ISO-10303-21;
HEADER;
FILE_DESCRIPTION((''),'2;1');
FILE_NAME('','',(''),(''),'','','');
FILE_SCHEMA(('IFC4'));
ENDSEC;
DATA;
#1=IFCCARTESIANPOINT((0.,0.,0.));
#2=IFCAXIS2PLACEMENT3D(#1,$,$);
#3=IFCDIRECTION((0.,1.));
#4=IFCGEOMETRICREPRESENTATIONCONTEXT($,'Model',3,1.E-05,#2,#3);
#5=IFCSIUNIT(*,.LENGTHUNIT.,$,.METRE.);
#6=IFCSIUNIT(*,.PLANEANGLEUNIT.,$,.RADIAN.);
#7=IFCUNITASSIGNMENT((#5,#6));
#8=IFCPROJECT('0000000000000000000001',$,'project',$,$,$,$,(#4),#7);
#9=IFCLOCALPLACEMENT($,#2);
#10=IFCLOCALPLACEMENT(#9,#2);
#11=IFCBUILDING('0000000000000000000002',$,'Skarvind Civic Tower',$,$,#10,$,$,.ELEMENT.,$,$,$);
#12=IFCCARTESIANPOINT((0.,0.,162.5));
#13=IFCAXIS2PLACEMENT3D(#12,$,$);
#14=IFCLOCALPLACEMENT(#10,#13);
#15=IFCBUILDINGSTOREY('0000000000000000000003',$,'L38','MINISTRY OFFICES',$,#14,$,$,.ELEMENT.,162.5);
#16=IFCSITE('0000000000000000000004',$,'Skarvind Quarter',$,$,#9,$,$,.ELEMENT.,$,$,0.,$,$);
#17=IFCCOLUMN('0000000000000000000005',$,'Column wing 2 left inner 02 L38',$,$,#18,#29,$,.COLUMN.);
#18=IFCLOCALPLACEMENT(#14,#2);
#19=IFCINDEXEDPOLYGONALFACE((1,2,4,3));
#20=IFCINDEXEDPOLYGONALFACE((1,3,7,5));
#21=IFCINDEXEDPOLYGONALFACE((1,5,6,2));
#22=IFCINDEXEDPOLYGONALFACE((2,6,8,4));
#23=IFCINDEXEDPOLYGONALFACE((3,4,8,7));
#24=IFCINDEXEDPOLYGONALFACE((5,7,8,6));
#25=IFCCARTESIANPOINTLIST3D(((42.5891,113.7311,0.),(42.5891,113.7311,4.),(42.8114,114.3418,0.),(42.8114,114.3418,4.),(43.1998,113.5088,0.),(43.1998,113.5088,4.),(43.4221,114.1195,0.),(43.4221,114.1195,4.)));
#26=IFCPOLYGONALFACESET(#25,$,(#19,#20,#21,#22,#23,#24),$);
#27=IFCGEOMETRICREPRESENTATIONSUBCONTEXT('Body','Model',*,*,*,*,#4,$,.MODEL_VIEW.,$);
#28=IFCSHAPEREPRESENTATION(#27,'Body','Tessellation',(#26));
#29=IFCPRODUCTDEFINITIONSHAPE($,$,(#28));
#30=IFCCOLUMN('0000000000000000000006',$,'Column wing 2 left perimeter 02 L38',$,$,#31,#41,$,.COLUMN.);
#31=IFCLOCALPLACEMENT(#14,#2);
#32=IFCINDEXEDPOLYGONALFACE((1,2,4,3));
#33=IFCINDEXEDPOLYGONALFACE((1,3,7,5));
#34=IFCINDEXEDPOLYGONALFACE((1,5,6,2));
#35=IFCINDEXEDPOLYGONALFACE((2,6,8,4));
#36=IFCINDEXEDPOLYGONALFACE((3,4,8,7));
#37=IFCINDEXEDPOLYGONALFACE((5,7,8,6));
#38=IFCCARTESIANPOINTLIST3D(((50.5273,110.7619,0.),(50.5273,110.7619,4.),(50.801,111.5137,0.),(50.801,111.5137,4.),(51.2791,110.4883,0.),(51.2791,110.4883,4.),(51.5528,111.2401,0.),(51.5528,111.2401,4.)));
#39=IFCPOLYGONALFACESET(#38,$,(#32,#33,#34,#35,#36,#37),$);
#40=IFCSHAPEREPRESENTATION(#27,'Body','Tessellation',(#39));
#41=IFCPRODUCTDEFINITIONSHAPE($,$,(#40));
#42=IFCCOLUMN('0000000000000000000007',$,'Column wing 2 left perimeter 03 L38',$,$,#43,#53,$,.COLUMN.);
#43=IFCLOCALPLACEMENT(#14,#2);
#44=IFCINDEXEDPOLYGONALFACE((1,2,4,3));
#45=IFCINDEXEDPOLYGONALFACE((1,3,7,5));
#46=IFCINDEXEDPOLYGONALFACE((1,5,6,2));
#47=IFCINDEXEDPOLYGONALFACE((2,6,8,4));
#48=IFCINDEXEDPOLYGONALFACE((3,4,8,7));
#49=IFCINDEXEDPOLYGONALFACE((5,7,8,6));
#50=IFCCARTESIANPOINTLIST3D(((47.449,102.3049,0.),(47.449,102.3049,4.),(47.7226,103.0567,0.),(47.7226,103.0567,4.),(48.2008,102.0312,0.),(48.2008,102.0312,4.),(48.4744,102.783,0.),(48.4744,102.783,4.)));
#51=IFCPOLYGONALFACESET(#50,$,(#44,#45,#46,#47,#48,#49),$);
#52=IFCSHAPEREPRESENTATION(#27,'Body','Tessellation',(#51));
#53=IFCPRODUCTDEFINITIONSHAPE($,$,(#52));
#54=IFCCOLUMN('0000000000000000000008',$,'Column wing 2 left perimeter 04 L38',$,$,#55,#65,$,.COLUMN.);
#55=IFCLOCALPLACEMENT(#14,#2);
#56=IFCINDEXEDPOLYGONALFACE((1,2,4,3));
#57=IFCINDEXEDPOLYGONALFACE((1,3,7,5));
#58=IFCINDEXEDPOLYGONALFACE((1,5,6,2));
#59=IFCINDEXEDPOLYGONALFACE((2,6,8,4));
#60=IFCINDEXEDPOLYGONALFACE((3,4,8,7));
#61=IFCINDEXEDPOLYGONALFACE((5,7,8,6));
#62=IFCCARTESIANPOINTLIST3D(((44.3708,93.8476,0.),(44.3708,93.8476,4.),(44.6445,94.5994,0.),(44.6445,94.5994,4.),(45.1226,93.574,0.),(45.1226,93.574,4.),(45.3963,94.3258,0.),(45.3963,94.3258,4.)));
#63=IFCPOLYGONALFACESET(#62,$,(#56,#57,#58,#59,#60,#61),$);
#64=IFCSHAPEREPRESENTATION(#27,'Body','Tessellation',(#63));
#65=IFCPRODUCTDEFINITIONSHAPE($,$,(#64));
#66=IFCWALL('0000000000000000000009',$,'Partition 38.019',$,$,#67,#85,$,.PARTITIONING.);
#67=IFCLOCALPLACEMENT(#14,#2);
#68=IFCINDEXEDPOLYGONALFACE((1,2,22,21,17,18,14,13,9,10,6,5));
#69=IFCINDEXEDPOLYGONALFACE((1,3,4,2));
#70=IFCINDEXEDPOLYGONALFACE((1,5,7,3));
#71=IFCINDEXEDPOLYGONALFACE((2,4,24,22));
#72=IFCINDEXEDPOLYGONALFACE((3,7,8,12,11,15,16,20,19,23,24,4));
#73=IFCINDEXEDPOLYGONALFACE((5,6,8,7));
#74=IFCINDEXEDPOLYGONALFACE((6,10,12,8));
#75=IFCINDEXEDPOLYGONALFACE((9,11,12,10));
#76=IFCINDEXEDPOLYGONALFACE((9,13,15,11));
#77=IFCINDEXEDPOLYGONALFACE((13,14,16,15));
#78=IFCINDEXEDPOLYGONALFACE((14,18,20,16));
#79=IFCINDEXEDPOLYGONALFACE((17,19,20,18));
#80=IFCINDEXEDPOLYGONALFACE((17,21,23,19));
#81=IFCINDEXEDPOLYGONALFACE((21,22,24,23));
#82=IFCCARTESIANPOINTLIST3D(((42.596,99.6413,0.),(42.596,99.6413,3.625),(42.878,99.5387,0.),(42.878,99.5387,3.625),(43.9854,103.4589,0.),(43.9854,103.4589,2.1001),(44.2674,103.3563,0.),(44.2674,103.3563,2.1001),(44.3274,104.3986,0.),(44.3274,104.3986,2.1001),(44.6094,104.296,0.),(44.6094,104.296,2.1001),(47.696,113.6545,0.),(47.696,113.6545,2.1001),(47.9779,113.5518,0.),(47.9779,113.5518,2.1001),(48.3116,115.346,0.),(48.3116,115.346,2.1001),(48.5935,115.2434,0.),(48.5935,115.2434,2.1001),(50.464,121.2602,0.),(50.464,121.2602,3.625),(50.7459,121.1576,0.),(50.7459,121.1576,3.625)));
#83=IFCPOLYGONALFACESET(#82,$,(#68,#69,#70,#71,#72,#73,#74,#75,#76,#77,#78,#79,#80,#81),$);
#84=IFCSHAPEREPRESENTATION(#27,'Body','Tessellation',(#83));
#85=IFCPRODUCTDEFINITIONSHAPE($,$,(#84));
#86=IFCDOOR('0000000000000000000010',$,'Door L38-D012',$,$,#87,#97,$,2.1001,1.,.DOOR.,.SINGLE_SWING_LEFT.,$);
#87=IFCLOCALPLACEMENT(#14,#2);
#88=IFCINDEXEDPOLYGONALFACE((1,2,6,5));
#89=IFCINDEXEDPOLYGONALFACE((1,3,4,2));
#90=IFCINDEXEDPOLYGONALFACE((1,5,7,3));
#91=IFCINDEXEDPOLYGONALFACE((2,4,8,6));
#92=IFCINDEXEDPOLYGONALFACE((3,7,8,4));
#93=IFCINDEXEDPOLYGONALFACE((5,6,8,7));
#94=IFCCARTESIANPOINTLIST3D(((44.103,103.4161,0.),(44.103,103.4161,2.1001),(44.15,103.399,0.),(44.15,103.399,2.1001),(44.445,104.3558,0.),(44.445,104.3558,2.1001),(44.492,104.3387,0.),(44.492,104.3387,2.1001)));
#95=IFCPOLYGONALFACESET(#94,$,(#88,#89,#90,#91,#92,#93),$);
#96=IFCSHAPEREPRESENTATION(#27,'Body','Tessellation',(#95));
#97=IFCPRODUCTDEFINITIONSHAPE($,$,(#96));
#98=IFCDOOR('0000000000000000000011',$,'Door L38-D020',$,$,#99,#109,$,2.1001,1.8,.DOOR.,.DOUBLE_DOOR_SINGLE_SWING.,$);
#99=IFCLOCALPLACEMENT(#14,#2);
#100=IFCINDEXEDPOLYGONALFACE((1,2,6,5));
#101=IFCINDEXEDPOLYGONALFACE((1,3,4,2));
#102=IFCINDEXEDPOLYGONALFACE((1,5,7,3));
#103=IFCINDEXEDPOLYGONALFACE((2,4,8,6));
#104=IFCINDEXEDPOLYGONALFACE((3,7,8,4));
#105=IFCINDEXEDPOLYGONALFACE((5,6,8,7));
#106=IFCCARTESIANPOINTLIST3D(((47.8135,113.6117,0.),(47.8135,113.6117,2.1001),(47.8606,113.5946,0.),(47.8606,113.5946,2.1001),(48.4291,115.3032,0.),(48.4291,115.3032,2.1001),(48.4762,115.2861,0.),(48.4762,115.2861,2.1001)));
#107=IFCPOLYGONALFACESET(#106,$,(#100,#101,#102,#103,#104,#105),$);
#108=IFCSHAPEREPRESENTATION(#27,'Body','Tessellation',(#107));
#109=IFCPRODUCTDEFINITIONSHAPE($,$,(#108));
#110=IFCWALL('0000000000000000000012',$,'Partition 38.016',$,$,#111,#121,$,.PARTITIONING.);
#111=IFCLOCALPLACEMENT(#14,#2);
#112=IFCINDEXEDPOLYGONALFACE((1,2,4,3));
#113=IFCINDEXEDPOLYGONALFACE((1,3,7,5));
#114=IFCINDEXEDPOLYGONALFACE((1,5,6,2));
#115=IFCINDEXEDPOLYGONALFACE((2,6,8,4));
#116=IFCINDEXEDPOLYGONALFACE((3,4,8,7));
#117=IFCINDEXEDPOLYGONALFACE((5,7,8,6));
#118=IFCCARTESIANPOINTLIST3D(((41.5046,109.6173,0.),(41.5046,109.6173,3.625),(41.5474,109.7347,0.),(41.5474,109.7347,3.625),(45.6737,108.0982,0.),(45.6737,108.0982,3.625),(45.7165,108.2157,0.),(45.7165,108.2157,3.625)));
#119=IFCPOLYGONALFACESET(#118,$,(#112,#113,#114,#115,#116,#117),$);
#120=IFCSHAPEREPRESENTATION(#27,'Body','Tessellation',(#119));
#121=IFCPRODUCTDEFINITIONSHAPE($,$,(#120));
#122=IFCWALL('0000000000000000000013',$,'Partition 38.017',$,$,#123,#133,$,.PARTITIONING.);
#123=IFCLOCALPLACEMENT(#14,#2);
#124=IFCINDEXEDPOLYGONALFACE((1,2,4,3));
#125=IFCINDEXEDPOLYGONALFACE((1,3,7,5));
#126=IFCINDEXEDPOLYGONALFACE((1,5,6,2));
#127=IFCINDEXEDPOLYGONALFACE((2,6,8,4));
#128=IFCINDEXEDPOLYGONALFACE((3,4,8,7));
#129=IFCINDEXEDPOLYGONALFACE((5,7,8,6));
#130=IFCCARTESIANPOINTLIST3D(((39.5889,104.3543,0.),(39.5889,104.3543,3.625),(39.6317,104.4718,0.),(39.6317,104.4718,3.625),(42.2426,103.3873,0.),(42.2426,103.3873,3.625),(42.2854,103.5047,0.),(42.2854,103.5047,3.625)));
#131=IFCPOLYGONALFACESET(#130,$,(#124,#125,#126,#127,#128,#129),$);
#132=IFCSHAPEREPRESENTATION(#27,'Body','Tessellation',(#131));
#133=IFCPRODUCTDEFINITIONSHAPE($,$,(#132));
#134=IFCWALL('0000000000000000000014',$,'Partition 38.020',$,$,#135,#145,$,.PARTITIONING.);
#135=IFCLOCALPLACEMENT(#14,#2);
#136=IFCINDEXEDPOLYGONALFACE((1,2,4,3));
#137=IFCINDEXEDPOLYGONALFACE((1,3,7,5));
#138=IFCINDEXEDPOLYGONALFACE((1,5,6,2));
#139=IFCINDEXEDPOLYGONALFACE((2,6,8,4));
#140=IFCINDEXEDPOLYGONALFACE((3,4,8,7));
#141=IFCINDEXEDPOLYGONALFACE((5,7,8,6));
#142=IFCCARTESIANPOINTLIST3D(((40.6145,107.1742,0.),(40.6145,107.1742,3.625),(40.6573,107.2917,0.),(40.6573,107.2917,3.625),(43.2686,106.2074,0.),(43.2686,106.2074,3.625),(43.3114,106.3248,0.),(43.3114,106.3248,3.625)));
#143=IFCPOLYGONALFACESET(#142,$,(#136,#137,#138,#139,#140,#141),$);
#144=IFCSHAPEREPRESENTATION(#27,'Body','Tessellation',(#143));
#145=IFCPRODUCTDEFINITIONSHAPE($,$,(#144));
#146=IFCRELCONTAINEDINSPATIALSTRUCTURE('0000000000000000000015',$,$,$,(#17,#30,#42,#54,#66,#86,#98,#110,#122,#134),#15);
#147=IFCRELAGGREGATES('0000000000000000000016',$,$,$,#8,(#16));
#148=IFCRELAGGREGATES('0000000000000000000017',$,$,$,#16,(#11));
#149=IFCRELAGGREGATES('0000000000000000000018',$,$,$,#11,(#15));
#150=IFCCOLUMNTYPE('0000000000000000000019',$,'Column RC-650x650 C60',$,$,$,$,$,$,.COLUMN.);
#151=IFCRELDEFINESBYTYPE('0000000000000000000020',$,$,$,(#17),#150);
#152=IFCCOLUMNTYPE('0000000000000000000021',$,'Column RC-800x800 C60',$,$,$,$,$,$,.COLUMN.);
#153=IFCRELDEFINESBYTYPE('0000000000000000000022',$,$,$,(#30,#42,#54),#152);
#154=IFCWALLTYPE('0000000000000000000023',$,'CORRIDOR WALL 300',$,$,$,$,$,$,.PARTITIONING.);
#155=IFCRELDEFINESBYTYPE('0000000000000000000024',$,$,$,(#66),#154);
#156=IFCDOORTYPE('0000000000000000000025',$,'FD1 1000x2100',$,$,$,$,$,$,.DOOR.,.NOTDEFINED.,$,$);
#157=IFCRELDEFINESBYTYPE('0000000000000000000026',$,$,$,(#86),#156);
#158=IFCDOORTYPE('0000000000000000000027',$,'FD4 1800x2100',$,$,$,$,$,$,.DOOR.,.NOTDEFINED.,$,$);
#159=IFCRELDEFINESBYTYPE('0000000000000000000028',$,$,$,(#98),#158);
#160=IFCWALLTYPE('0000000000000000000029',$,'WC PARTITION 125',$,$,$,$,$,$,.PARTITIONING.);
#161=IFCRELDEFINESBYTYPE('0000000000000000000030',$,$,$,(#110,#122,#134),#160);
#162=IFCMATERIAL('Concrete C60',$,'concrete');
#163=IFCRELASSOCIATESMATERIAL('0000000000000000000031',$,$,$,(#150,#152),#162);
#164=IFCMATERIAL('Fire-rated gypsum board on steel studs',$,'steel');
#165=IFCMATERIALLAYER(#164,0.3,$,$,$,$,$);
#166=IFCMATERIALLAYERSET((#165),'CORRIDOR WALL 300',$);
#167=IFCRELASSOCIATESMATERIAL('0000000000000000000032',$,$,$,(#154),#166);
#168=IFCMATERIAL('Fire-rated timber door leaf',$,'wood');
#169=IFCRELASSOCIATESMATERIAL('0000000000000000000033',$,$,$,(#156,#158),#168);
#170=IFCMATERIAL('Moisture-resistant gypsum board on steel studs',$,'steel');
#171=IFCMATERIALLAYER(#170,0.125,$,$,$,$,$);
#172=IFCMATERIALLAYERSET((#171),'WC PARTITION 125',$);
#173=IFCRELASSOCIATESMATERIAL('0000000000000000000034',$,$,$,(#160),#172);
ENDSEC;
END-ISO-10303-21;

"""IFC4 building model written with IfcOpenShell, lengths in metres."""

from ifc_helpers import new_model, si_unit, direction, frame, frame_2d, origin, origin_2d, place, context, subcontext, project, spatial, rectangle, extrude, material, layer, layer_set, material_profile, profile_set, type_object, element, fill, save


model = new_model("IFC4")

# Units and contexts
model_context = context("Model", 3, precision=1e-05, world=origin(), true_north=direction((0.0, 1.0)))
body_context = subcontext(model_context, "Body", "Model", "MODEL_VIEW")
ifc_project = project(units=[si_unit("LENGTHUNIT", "METRE"), si_unit("PLANEANGLEUNIT", "RADIAN")], contexts=[model_context])

# Site, building, storey
site_placement = place(None, origin())
site = spatial("IfcSite", under=ifc_project, at=site_placement, Name="Skarvind Quarter", CompositionType="ELEMENT", RefElevation=0.0)
building_placement = place(site_placement, origin())
building = spatial("IfcBuilding", under=site, at=building_placement, Name="Skarvind Civic Tower", CompositionType="ELEMENT")
storey_placement = place(building_placement, frame((0.0, 0.0, 162.5)))
storey = spatial("IfcBuildingStorey", under=building, at=storey_placement, Name="L38", Description="MINISTRY OFFICES", CompositionType="ELEMENT", Elevation=162.5)

# Columns
ifc_material_1 = material(Name="Concrete C60", Category="concrete")
ifc_material_profile_1 = material_profile(ifc_material_1, rectangle(XDim=0.6499, YDim=0.6499, at=origin_2d()), Name="RC-650x650")
ifc_profile_set_1 = profile_set([ifc_material_profile_1], Name="Concrete C60")
column_type_1 = type_object("IfcColumnType", Name="Column RC-650x650 C60", PredefinedType="COLUMN", material=ifc_profile_set_1)
column_placement = place(storey_placement, frame((43.0056, 113.9253, 0.0), z_axis=(0.0, 0.0, 1.0), x_axis=(-0.34202, -0.939693, 0.0)))
element("IfcColumn", 1, at=column_placement, inside=storey, type_object=column_type_1, Name="Column wing 2 left inner 02 L38", PredefinedType="COLUMN", context=body_context, shape_type="SweptSolid", body=[
    extrude(rectangle(XDim=0.6499, YDim=0.6499, at=origin_2d()), origin(), (0.0, 0.0, 1.0), 4.0),
])
ifc_material_profile_2 = material_profile(ifc_material_1, rectangle(XDim=0.8, YDim=0.8, at=origin_2d()), Name="RC-800x800")
ifc_profile_set_2 = profile_set([ifc_material_profile_2], Name="Concrete C60")
column_type_2 = type_object("IfcColumnType", Name="Column RC-800x800 C60", PredefinedType="COLUMN", material=ifc_profile_set_2)
for number, where, z_axis, x_axis, name in (
    (2, (51.04, 111.001, 0.0), (0.0, 0.0, 1.0), (-0.34202, -0.939693, 0.0), "Column wing 2 left perimeter 02 L38"),
    (3, (47.9617, 102.5439, 0.0), (0.0, 0.0, 1.0), (-0.34202, -0.939693, 0.0), "Column wing 2 left perimeter 03 L38"),
    (4, (44.8835, 94.0867, 0.0), (0.0, 0.0, 1.0), (-0.34202, -0.939693, 0.0), "Column wing 2 left perimeter 04 L38"),
):
    element("IfcColumn", number, at=place(storey_placement, frame(where, z_axis=z_axis, x_axis=x_axis)), inside=storey, type_object=column_type_2, Name=name, PredefinedType="COLUMN", context=body_context, shape_type="SweptSolid", body=[
        extrude(rectangle(XDim=0.8, YDim=0.8, at=origin_2d()), origin(), (0.0, 0.0, 1.0), 4.0),
    ])

# Wall, openings, doors
ifc_material_2 = material(Name="Fire-rated gypsum board on steel studs", Category="steel")
ifc_layer_1 = layer(ifc_material_2, 0.3)
ifc_layer_set_1 = layer_set([ifc_layer_1], Name="CORRIDOR WALL 300")
wall_type_1 = type_object("IfcWallType", Name="CORRIDOR WALL 300", PredefinedType="PARTITIONING", material=ifc_layer_set_1)
wall_1_placement = place(storey_placement, frame((42.7371, 99.5901, 0.0), z_axis=(0.0, 0.0, 1.0), x_axis=(0.341993, 0.939703, 0.0)))
wall_1 = element("IfcWall", 5, at=wall_1_placement, inside=storey, type_object=wall_type_1, Name="Partition 38.019", PredefinedType="PARTITIONING", context=body_context, shape_type="SweptSolid", body=[
    extrude(rectangle(XDim=23.0061, YDim=0.3, at=frame_2d((11.5029, 0.0))), origin(), (0.0, 0.0, 1.0), 3.625),
])
opening_1_placement = place(wall_1_placement, frame((4.0625, 0.0, 0.0)))
opening_1 = element("IfcOpeningElement", 6, at=opening_1_placement, cuts=wall_1, PredefinedType="OPENING", context=body_context, shape_type="SweptSolid", body=[
    extrude(rectangle(XDim=1.0, YDim=2.1001, at=frame_2d((0.5, 1.05))), frame((0.0, 0.1599, 0.0), z_axis=(0.0, -1.0, 0.0), x_axis=(1.0, 0.0, 0.0)), (0.0, 0.0, 1.0), 0.3201),
])
opening_2_placement = place(wall_1_placement, frame((14.9124, 0.0, 0.0)))
opening_2 = element("IfcOpeningElement", 7, at=opening_2_placement, cuts=wall_1, PredefinedType="OPENING", context=body_context, shape_type="SweptSolid", body=[
    extrude(rectangle(XDim=1.8, YDim=2.1001, at=frame_2d((0.8999, 1.05))), frame((0.0, 0.1599, 0.0), z_axis=(0.0, -1.0, 0.0), x_axis=(1.0, 0.0, 0.0)), (0.0, 0.0, 1.0), 0.3201),
])
ifc_material_3 = material(Name="Fire-rated timber door leaf", Category="wood")
door_type_1 = type_object("IfcDoorType", Name="FD1 1000x2100", OperationType="NOTDEFINED", PredefinedType="DOOR", material=ifc_material_3)
door_1_placement = place(opening_1_placement, origin())
door_1 = element("IfcDoor", 8, at=door_1_placement, inside=storey, type_object=door_type_1, Name="Door L38-D012", OperationType="SINGLE_SWING_LEFT", OverallHeight=2.1001, OverallWidth=1.0, PredefinedType="DOOR", context=body_context, shape_type="SweptSolid", body=[
    extrude(rectangle(XDim=1.0, YDim=2.1001, at=frame_2d((0.5, 1.05))), frame((0.0, 0.0249, 0.0), z_axis=(0.0, -1.0, 0.0), x_axis=(1.0, 0.0, 0.0)), (0.0, 0.0, 1.0), 0.05),
])
fill(opening_1, door_1)
door_type_2 = type_object("IfcDoorType", Name="FD4 1800x2100", OperationType="NOTDEFINED", PredefinedType="DOOR", material=ifc_material_3)
door_2_placement = place(opening_2_placement, origin())
door_2 = element("IfcDoor", 9, at=door_2_placement, inside=storey, type_object=door_type_2, Name="Door L38-D020", OperationType="DOUBLE_DOOR_SINGLE_SWING", OverallHeight=2.1001, OverallWidth=1.8, PredefinedType="DOOR", context=body_context, shape_type="SweptSolid", body=[
    extrude(rectangle(XDim=1.8, YDim=2.1001, at=frame_2d((0.8999, 1.05))), frame((0.0, 0.0249, 0.0), z_axis=(0.0, -1.0, 0.0), x_axis=(1.0, 0.0, 0.0)), (0.0, 0.0, 1.0), 0.05),
])
fill(opening_2, door_2)

# Walls
ifc_material_4 = material(Name="Moisture-resistant gypsum board on steel studs", Category="steel")
ifc_layer_2 = layer(ifc_material_4, 0.125)
ifc_layer_set_2 = layer_set([ifc_layer_2], Name="WC PARTITION 125")
wall_type_2 = type_object("IfcWallType", Name="WC PARTITION 125", PredefinedType="PARTITIONING", material=ifc_layer_set_2)
wall_2_placement = place(storey_placement, frame((41.5259, 109.676, 0.0), z_axis=(0.0, 0.0, 1.0), x_axis=(0.939578, -0.342335, 0.0)))
element("IfcWall", 10, at=wall_2_placement, inside=storey, type_object=wall_type_2, Name="Partition 38.016", PredefinedType="PARTITIONING", context=body_context, shape_type="SweptSolid", body=[
    extrude(rectangle(XDim=4.4373, YDim=0.125, at=frame_2d((2.2188, 0.0))), origin(), (0.0, 0.0, 1.0), 3.625),
])
wall_3_placement = place(storey_placement, frame((42.2639, 103.446, 0.0), z_axis=(0.0, 0.0, 1.0), x_axis=(-0.939564, 0.342375, 0.0)))
element("IfcWall", 11, at=wall_3_placement, inside=storey, type_object=wall_type_2, Name="Partition 38.017", PredefinedType="PARTITIONING", context=body_context, shape_type="SweptSolid", body=[
    extrude(rectangle(XDim=2.8245, YDim=0.125, at=frame_2d((1.4121, 0.0))), origin(), (0.0, 0.0, 1.0), 3.625),
])
wall_4_placement = place(storey_placement, frame((43.29, 106.2661, 0.0), z_axis=(0.0, 0.0, 1.0), x_axis=(-0.939601, 0.34227, 0.0)))
element("IfcWall", 12, at=wall_4_placement, inside=storey, type_object=wall_type_2, Name="Partition 38.020", PredefinedType="PARTITIONING", context=body_context, shape_type="SweptSolid", body=[
    extrude(rectangle(XDim=2.8247, YDim=0.125, at=frame_2d((1.4124, 0.0))), origin(), (0.0, 0.0, 1.0), 3.625),
])

save(model, "model.ifc")
